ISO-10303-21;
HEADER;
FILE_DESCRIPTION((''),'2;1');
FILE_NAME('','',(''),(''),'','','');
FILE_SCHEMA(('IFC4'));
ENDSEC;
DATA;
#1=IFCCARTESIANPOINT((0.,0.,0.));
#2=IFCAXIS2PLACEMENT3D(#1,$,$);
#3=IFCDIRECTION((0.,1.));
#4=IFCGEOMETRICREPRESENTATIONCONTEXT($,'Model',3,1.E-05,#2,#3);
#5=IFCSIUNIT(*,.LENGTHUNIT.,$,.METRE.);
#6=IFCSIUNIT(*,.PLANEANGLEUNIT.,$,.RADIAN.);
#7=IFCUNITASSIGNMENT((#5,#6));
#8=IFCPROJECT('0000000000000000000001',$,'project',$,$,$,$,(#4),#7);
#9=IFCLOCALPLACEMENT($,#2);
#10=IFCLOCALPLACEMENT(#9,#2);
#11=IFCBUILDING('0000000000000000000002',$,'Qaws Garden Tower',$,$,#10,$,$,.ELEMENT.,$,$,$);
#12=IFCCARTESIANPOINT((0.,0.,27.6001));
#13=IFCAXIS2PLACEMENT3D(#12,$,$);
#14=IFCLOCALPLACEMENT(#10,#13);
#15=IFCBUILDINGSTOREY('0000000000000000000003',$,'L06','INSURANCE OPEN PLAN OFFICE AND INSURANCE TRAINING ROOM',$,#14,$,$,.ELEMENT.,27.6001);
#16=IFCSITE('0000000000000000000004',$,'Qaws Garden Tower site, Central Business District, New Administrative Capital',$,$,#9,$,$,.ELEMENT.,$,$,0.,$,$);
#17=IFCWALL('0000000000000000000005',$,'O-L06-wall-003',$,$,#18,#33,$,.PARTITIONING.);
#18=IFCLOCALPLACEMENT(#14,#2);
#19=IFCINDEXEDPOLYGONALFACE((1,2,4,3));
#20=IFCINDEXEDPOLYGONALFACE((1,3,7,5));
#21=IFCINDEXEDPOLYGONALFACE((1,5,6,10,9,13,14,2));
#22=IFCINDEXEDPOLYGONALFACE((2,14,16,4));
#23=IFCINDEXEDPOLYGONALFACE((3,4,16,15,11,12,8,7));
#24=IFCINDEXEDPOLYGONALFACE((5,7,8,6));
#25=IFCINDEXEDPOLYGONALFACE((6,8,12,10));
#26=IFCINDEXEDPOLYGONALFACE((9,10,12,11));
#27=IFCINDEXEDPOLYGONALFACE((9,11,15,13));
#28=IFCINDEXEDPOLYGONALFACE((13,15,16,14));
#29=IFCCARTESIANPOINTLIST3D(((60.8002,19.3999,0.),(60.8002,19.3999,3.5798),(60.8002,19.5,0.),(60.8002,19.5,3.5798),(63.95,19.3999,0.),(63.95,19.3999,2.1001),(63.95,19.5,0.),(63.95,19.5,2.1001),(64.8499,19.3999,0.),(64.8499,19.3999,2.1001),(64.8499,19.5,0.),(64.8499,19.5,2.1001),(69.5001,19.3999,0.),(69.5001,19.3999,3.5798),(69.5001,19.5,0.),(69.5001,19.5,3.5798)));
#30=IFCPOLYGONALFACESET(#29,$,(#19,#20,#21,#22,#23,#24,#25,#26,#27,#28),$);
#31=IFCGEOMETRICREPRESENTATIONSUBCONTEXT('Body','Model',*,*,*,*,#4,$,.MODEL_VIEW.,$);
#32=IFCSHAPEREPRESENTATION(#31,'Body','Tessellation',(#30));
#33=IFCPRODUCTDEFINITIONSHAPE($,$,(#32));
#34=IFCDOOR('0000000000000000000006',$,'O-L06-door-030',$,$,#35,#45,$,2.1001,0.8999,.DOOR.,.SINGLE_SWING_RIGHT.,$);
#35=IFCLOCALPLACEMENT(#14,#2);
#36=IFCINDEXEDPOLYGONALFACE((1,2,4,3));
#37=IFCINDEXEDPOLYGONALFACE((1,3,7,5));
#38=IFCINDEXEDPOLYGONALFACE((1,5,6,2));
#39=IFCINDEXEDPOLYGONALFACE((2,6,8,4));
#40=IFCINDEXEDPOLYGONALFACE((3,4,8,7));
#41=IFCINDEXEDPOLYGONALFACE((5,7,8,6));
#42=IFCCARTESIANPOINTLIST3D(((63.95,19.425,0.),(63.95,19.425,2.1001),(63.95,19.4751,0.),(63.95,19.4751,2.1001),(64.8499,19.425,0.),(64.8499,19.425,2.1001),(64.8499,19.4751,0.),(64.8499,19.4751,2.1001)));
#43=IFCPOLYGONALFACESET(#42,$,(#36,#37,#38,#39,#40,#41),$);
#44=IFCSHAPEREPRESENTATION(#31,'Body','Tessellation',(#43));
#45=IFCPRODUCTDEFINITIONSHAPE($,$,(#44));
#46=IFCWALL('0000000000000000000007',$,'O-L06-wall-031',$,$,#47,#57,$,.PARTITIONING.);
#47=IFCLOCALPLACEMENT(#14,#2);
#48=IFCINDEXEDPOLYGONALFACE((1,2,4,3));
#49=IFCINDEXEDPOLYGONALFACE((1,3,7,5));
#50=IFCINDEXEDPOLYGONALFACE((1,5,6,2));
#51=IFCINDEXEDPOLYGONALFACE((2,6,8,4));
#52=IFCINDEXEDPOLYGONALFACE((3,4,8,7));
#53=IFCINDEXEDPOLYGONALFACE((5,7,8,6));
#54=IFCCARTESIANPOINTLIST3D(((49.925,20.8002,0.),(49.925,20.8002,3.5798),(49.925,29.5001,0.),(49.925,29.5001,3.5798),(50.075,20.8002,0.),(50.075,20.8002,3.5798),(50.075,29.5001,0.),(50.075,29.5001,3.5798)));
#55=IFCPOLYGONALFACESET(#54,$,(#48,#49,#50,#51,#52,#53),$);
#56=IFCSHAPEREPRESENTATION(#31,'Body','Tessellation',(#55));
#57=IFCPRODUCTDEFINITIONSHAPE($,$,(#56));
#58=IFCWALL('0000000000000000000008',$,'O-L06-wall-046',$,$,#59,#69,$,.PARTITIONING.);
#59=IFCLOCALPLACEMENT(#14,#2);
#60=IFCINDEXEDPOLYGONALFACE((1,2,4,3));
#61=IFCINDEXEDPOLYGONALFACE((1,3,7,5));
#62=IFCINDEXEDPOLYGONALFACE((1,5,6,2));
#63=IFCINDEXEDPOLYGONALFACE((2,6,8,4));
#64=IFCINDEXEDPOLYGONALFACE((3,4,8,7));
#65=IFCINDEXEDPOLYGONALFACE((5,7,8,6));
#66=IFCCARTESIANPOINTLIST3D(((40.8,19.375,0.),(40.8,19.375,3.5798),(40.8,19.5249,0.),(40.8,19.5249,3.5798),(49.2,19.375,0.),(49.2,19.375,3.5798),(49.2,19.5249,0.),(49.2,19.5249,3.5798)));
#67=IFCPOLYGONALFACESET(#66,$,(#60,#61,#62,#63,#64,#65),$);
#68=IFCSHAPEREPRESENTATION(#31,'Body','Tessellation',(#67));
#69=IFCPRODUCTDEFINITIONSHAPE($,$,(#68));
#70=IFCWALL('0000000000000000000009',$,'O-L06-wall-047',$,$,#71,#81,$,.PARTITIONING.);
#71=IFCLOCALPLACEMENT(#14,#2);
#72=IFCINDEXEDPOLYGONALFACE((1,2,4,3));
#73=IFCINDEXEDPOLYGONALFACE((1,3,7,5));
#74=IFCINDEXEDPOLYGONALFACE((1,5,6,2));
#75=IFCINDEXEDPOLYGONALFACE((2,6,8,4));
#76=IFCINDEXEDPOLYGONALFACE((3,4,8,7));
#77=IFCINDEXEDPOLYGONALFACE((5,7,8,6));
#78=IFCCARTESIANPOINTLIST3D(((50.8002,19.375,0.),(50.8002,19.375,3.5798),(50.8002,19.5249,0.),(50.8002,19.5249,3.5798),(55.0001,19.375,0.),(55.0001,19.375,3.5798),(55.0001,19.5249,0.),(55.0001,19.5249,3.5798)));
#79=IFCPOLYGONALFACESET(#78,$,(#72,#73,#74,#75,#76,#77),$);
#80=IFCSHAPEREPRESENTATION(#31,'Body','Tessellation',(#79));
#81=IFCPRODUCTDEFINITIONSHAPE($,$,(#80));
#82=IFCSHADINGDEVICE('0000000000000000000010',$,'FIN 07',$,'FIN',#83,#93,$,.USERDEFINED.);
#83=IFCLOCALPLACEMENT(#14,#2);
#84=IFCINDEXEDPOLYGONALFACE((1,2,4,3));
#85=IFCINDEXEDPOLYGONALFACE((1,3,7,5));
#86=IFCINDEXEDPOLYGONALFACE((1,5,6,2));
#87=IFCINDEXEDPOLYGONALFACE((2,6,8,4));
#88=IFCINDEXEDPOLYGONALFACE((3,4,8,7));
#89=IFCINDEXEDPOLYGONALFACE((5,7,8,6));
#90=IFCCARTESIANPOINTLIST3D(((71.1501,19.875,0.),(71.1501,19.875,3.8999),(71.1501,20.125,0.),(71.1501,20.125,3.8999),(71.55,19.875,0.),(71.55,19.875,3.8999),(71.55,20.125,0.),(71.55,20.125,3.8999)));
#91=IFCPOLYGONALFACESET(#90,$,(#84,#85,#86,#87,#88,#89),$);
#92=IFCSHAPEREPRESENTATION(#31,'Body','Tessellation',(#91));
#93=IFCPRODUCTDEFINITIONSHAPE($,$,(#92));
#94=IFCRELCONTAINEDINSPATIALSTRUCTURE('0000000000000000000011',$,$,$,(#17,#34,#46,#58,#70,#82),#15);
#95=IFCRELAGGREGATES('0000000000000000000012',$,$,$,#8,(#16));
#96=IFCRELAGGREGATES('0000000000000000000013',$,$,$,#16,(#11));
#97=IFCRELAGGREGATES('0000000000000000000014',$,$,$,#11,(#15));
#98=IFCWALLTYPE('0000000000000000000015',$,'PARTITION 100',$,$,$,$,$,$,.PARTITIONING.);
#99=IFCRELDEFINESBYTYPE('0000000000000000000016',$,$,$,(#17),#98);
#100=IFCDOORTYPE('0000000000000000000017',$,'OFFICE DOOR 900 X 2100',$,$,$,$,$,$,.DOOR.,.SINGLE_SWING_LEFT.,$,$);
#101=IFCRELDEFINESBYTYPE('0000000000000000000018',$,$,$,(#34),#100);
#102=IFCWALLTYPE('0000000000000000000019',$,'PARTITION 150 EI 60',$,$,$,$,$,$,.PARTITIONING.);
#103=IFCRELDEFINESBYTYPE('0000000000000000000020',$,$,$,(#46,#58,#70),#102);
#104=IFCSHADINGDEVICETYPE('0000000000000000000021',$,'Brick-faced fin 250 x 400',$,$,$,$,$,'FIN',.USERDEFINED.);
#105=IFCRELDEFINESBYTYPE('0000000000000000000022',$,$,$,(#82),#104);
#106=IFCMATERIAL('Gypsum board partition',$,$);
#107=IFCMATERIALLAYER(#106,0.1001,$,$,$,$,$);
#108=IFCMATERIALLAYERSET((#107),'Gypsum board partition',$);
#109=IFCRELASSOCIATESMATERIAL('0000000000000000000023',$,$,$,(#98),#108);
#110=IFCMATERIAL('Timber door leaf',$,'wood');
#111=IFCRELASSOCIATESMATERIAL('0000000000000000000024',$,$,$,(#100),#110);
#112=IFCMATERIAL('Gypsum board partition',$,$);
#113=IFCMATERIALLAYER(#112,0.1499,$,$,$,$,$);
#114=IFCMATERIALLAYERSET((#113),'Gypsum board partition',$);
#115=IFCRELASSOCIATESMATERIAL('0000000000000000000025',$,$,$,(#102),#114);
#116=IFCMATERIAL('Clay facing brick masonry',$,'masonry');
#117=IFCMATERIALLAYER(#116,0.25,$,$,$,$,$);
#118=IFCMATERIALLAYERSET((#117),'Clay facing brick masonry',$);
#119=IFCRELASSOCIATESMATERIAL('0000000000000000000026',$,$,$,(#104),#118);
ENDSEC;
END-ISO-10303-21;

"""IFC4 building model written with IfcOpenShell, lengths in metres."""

from ifc_helpers import new_model, si_unit, direction, frame, frame_2d, origin, origin_2d, place, context, subcontext, project, spatial, rectangle, extrude, material, layer, layer_set, type_object, element, fill, save


model = new_model("IFC4")

# Units and contexts
model_context = context("Model", 3, precision=1e-05, world=origin(), true_north=direction((0.0, 1.0)))
body_context = subcontext(model_context, "Body", "Model", "MODEL_VIEW")
ifc_project = project(units=[si_unit("LENGTHUNIT", "METRE"), si_unit("PLANEANGLEUNIT", "RADIAN")], contexts=[model_context])

# Site, building, storey
site_placement = place(None, origin())
site = spatial("IfcSite", under=ifc_project, at=site_placement, Name="Qaws Garden Tower site, Central Business District, New Administrative Capital", CompositionType="ELEMENT", RefElevation=0.0)
building_placement = place(site_placement, origin())
building = spatial("IfcBuilding", under=site, at=building_placement, Name="Qaws Garden Tower", CompositionType="ELEMENT")
storey_placement = place(building_placement, frame((0.0, 0.0, 27.6001)))
storey = spatial("IfcBuildingStorey", under=building, at=storey_placement, Name="L06", Description="INSURANCE OPEN PLAN OFFICE AND INSURANCE TRAINING ROOM", CompositionType="ELEMENT", Elevation=27.6001)

# Wall, opening, door
ifc_material_1 = material(Name="Gypsum board partition")
ifc_layer_1 = layer(ifc_material_1, 0.1001)
ifc_layer_set_1 = layer_set([ifc_layer_1], Name="Gypsum board partition")
wall_type_1 = type_object("IfcWallType", Name="PARTITION 100", PredefinedType="PARTITIONING", material=ifc_layer_set_1)
wall_1_placement = place(storey_placement, frame((60.8, 19.45, 0.0), z_axis=(0.0, 0.0, 1.0), x_axis=(1.0, 0.0, 0.0)))
wall_1 = element("IfcWall", 1, at=wall_1_placement, inside=storey, type_object=wall_type_1, Name="O-L06-wall-003", PredefinedType="PARTITIONING", context=body_context, shape_type="SweptSolid", body=[
    extrude(rectangle(XDim=8.7, YDim=0.1001, at=frame_2d((4.3501, 0.0))), origin(), (0.0, 0.0, 1.0), 3.5798),
])
opening_placement = place(wall_1_placement, frame((3.1499, 0.0, 0.0)))
opening = element("IfcOpeningElement", 2, at=opening_placement, cuts=wall_1, PredefinedType="OPENING", context=body_context, shape_type="SweptSolid", body=[
    extrude(rectangle(XDim=0.8999, YDim=2.1001, at=frame_2d((0.45, 1.05))), frame((0.0, 0.0601, 0.0), z_axis=(0.0, -1.0, 0.0), x_axis=(1.0, 0.0, 0.0)), (0.0, 0.0, 1.0), 0.1201),
])
ifc_material_2 = material(Name="Timber door leaf", Category="wood")
door_type = type_object("IfcDoorType", Name="OFFICE DOOR 900 X 2100", OperationType="SINGLE_SWING_LEFT", PredefinedType="DOOR", material=ifc_material_2)
door_placement = place(opening_placement, frame((0.8999, 0.0, 0.0), z_axis=(0.0, 0.0, 1.0), x_axis=(-1.0, 0.0, 0.0)))
door = element("IfcDoor", 3, at=door_placement, inside=storey, type_object=door_type, Name="O-L06-door-030", OperationType="SINGLE_SWING_RIGHT", OverallHeight=2.1001, OverallWidth=0.8999, PredefinedType="DOOR", context=body_context, shape_type="SweptSolid", body=[
    extrude(rectangle(XDim=0.8999, YDim=2.1001, at=frame_2d((0.45, 1.05))), frame((0.0, 0.0249, 0.0), z_axis=(0.0, -1.0, 0.0), x_axis=(1.0, 0.0, 0.0)), (0.0, 0.0, 1.0), 0.05),
])
fill(opening, door)

# Walls
ifc_material_3 = material(Name="Gypsum board partition")
ifc_layer_2 = layer(ifc_material_3, 0.1499)
ifc_layer_set_2 = layer_set([ifc_layer_2], Name="Gypsum board partition")
wall_type_2 = type_object("IfcWallType", Name="PARTITION 150 EI 60", PredefinedType="PARTITIONING", material=ifc_layer_set_2)
wall_2_placement = place(storey_placement, frame((50.0, 20.8, 0.0), z_axis=(0.0, 0.0, 1.0), x_axis=(0.0, 1.0, 0.0)))
element("IfcWall", 4, at=wall_2_placement, inside=storey, type_object=wall_type_2, Name="O-L06-wall-031", PredefinedType="PARTITIONING", context=body_context, shape_type="SweptSolid", body=[
    extrude(rectangle(XDim=8.7, YDim=0.1499, at=frame_2d((4.3501, 0.0))), origin(), (0.0, 0.0, 1.0), 3.5798),
])
wall_3_placement = place(storey_placement, frame((40.8, 19.45, 0.0), z_axis=(0.0, 0.0, 1.0), x_axis=(1.0, 0.0, 0.0)))
element("IfcWall", 5, at=wall_3_placement, inside=storey, type_object=wall_type_2, Name="O-L06-wall-046", PredefinedType="PARTITIONING", context=body_context, shape_type="SweptSolid", body=[
    extrude(rectangle(XDim=8.3999, YDim=0.1499, at=frame_2d((4.2, 0.0))), origin(), (0.0, 0.0, 1.0), 3.5798),
])
wall_4_placement = place(storey_placement, frame((50.8, 19.45, 0.0), z_axis=(0.0, 0.0, 1.0), x_axis=(1.0, 0.0, 0.0)))
element("IfcWall", 6, at=wall_4_placement, inside=storey, type_object=wall_type_2, Name="O-L06-wall-047", PredefinedType="PARTITIONING", context=body_context, shape_type="SweptSolid", body=[
    extrude(rectangle(XDim=4.2, YDim=0.1499, at=frame_2d((2.1001, 0.0))), origin(), (0.0, 0.0, 1.0), 3.5798),
])

# Shading device
ifc_material_4 = material(Name="Clay facing brick masonry", Category="masonry")
ifc_layer_3 = layer(ifc_material_4, 0.25)
ifc_layer_set_3 = layer_set([ifc_layer_3], Name="Clay facing brick masonry")
shading_device_type = type_object("IfcShadingDeviceType", Name="Brick-faced fin 250 x 400", ElementType="FIN", PredefinedType="USERDEFINED", material=ifc_layer_set_3)
shading_device_placement = place(storey_placement, frame((71.3501, 20.0, 0.0), z_axis=(0.0, 0.0, 1.0), x_axis=(0.0, 1.0, 0.0)))
element("IfcShadingDevice", 7, at=shading_device_placement, inside=storey, type_object=shading_device_type, Name="FIN 07", ObjectType="FIN", PredefinedType="USERDEFINED", context=body_context, shape_type="SweptSolid", body=[
    extrude(rectangle(XDim=0.25, YDim=0.3999, at=origin_2d()), origin(), (0.0, 0.0, 1.0), 3.8999),
])

save(model, "model.ifc")
